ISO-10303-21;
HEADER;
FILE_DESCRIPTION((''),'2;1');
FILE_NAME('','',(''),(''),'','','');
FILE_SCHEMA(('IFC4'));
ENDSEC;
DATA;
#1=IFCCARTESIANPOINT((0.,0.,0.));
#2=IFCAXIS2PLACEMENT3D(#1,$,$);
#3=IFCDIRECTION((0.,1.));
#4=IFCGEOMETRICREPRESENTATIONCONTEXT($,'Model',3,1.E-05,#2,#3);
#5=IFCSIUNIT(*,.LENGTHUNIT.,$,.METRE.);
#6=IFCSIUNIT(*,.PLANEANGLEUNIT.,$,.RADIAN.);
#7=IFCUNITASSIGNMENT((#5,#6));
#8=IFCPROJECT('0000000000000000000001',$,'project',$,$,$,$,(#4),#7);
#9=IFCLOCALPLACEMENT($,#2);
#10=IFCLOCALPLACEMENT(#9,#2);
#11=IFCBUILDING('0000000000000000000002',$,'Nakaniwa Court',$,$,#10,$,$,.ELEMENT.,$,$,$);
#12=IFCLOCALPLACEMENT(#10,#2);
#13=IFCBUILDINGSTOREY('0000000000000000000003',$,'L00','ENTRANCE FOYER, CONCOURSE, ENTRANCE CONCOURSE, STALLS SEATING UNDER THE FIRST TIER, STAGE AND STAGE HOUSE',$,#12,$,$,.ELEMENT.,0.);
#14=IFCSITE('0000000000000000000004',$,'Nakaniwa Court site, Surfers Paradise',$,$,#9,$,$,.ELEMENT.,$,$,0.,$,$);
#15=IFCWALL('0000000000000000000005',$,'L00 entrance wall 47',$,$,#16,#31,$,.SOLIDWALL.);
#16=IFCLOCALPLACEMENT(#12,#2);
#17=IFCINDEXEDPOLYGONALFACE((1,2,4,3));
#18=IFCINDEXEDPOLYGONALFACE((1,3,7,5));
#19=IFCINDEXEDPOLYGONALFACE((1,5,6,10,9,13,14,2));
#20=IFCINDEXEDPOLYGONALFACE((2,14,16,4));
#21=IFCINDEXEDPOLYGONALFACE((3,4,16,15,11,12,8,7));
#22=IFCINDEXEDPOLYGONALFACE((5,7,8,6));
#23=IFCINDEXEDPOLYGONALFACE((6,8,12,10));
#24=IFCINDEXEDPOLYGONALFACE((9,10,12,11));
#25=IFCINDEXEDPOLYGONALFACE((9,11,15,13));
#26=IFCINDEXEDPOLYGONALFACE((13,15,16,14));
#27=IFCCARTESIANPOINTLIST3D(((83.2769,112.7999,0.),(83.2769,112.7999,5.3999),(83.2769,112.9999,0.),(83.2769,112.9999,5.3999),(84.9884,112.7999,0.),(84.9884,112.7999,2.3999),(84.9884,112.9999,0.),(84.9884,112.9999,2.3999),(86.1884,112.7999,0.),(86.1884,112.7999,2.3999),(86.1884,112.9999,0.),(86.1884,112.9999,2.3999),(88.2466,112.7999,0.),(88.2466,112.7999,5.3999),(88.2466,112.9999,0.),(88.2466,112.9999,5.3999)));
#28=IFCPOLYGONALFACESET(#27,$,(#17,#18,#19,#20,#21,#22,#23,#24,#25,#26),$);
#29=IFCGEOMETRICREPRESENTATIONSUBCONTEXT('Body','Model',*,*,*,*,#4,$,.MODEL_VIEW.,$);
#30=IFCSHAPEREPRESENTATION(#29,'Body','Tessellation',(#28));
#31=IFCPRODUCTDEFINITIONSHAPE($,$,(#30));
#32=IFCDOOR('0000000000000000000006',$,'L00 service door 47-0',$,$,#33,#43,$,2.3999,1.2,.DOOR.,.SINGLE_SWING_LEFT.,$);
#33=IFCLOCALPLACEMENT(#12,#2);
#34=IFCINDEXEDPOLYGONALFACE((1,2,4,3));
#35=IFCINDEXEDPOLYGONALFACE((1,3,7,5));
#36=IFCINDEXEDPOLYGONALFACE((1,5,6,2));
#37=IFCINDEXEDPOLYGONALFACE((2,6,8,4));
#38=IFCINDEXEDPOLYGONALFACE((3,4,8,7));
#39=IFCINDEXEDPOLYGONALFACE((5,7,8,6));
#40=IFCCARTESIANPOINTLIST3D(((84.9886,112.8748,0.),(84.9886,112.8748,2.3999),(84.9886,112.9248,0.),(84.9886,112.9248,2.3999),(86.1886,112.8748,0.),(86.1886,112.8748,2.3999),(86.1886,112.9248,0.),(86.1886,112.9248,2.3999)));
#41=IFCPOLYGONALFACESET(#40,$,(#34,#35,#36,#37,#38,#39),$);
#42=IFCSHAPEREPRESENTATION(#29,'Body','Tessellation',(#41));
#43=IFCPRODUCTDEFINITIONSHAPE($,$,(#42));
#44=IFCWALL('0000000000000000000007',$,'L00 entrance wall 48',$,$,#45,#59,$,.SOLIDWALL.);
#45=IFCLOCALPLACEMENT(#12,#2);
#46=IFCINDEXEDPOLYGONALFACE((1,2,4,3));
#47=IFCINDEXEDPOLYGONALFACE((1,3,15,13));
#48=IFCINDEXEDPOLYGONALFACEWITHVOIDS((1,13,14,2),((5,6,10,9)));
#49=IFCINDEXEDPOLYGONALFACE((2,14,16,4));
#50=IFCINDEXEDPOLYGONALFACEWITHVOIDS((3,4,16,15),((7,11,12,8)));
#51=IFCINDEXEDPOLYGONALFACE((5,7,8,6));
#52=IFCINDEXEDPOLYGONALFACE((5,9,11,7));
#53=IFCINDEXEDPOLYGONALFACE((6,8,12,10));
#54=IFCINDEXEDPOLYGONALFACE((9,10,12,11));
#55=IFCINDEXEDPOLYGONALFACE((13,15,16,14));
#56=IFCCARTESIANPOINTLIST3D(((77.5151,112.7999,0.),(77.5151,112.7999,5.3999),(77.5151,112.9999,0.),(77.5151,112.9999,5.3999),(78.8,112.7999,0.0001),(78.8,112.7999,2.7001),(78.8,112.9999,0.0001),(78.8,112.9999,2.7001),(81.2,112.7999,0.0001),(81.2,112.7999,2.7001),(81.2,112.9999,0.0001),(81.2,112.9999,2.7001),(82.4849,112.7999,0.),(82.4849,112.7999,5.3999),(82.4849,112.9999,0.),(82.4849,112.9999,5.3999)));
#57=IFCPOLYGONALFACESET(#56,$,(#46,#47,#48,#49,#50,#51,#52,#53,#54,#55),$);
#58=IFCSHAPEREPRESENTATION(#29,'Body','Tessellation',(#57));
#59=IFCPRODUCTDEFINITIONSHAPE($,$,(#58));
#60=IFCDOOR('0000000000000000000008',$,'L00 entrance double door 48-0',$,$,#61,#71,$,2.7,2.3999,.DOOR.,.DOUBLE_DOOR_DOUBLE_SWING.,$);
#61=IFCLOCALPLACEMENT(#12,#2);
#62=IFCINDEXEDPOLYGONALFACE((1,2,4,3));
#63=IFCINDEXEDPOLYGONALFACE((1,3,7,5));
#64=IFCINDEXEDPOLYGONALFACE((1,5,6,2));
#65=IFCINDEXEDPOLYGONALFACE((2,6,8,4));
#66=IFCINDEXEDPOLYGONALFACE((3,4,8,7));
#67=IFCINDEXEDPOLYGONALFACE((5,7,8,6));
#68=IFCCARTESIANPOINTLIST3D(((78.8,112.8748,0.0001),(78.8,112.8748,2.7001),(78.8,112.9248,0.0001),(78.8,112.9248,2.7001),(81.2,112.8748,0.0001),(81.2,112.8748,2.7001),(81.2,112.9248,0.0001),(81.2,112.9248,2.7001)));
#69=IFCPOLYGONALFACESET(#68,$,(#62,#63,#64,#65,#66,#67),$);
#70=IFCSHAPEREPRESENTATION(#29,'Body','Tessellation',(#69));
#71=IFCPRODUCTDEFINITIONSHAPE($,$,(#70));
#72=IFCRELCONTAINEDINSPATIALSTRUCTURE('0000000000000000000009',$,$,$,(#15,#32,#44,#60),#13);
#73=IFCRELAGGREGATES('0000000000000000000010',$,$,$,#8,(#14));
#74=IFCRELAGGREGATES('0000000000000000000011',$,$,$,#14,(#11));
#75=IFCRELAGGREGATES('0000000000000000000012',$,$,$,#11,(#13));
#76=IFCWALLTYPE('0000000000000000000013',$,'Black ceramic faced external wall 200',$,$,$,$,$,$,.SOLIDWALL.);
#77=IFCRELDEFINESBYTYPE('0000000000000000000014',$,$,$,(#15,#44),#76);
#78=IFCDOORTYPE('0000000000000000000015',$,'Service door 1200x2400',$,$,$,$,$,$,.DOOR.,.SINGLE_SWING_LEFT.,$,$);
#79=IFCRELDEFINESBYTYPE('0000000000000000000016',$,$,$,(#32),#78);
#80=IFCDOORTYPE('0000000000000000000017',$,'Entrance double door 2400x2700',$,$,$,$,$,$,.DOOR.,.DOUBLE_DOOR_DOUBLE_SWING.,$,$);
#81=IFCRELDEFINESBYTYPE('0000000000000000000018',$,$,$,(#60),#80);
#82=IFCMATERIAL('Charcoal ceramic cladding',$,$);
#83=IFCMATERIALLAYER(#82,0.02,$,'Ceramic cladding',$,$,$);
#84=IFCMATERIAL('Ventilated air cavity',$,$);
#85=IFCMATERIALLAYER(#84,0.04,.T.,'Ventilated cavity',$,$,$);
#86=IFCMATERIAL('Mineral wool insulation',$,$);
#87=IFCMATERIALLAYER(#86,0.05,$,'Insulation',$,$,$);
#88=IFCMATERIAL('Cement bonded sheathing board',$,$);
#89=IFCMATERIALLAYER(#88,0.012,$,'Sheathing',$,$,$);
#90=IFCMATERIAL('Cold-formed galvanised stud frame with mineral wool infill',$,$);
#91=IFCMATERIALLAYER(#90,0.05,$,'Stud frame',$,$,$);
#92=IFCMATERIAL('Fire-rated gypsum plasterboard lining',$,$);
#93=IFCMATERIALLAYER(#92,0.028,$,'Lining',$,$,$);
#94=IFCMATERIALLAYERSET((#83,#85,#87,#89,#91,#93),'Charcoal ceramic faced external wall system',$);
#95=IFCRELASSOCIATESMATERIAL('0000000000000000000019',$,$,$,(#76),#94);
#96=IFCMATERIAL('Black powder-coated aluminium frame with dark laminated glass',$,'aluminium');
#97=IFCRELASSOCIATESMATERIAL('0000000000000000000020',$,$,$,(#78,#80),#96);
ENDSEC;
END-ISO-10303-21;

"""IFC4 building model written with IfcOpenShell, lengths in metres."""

from ifc_helpers import new_model, si_unit, direction, frame, frame_2d, origin, place, context, subcontext, project, spatial, rectangle, extrude, material, layer, layer_set, type_object, element, fill, save


model = new_model("IFC4")

# Units and contexts
model_context = context("Model", 3, precision=1e-05, world=origin(), true_north=direction((0.0, 1.0)))
body_context = subcontext(model_context, "Body", "Model", "MODEL_VIEW")
ifc_project = project(units=[si_unit("LENGTHUNIT", "METRE"), si_unit("PLANEANGLEUNIT", "RADIAN")], contexts=[model_context])

# Site, building, storey
site_placement = place(None, origin())
site = spatial("IfcSite", under=ifc_project, at=site_placement, Name="Nakaniwa Court site, Surfers Paradise", CompositionType="ELEMENT", RefElevation=0.0)
building_placement = place(site_placement, origin())
building = spatial("IfcBuilding", under=site, at=building_placement, Name="Nakaniwa Court", CompositionType="ELEMENT")
storey_placement = place(building_placement, origin())
storey = spatial("IfcBuildingStorey", under=building, at=storey_placement, Name="L00", Description="ENTRANCE FOYER, CONCOURSE, ENTRANCE CONCOURSE, STALLS SEATING UNDER THE FIRST TIER, STAGE AND STAGE HOUSE", CompositionType="ELEMENT", Elevation=0.0)

# Walls, openings, doors
ifc_material_1 = material(Name="Charcoal ceramic cladding")
ifc_layer_1 = layer(ifc_material_1, 0.02, Name="Ceramic cladding")
ifc_material_2 = material(Name="Ventilated air cavity")
ifc_layer_2 = layer(ifc_material_2, 0.04, ventilated=True, Name="Ventilated cavity")
ifc_material_3 = material(Name="Mineral wool insulation")
ifc_layer_3 = layer(ifc_material_3, 0.05, Name="Insulation")
ifc_material_4 = material(Name="Cement bonded sheathing board")
ifc_layer_4 = layer(ifc_material_4, 0.012, Name="Sheathing")
ifc_material_5 = material(Name="Cold-formed galvanised stud frame with mineral wool infill")
ifc_layer_5 = layer(ifc_material_5, 0.05, Name="Stud frame")
ifc_material_6 = material(Name="Fire-rated gypsum plasterboard lining")
ifc_layer_6 = layer(ifc_material_6, 0.028, Name="Lining")
ifc_layer_set_1 = layer_set([ifc_layer_1, ifc_layer_2, ifc_layer_3, ifc_layer_4, ifc_layer_5, ifc_layer_6], Name="Charcoal ceramic faced external wall system")
wall_type = type_object("IfcWallType", Name="Black ceramic faced external wall 200", PredefinedType="SOLIDWALL", material=ifc_layer_set_1)
wall_1_placement = place(storey_placement, frame((88.2466, 112.8999, 0.0), z_axis=(0.0, 0.0, 1.0), x_axis=(-1.0, 0.0, 0.0)))
wall_1 = element("IfcWall", 1, at=wall_1_placement, inside=storey, type_object=wall_type, Name="L00 entrance wall 47", PredefinedType="SOLIDWALL", context=body_context, shape_type="SweptSolid", body=[
    extrude(rectangle(XDim=4.9697, YDim=0.2, at=frame_2d((2.4849, 0.0))), origin(), (0.0, 0.0, 1.0), 5.3999),
])
opening_1_placement = place(wall_1_placement, frame((2.0581, 0.0, 0.0)))
opening_1 = element("IfcOpeningElement", 2, at=opening_1_placement, cuts=wall_1, PredefinedType="OPENING", context=body_context, shape_type="SweptSolid", body=[
    extrude(rectangle(XDim=1.2, YDim=2.3999, at=frame_2d((0.6001, 1.2))), frame((0.0, 0.1099, 0.0), z_axis=(0.0, -1.0, 0.0), x_axis=(1.0, 0.0, 0.0)), (0.0, 0.0, 1.0), 0.22),
])
ifc_material_7 = material(Name="Black powder-coated aluminium frame with dark laminated glass", Category="aluminium")
door_type_1 = type_object("IfcDoorType", Name="Service door 1200x2400", OperationType="SINGLE_SWING_LEFT", PredefinedType="DOOR", material=ifc_material_7)
door_1_placement = place(opening_1_placement, frame((1.2, 0.0, 0.0), z_axis=(0.0, 0.0, 1.0), x_axis=(-1.0, 0.0, 0.0)))
door_1 = element("IfcDoor", 3, at=door_1_placement, inside=storey, type_object=door_type_1, Name="L00 service door 47-0", OperationType="SINGLE_SWING_LEFT", OverallHeight=2.3999, OverallWidth=1.2, PredefinedType="DOOR", context=body_context, shape_type="SweptSolid", body=[
    extrude(rectangle(XDim=1.2, YDim=2.3999, at=frame_2d((0.6001, 1.2))), frame((0.0, 0.0249, 0.0), z_axis=(0.0, -1.0, 0.0), x_axis=(1.0, 0.0, 0.0)), (0.0, 0.0, 1.0), 0.05),
])
fill(opening_1, door_1)
wall_2_placement = place(storey_placement, frame((82.4849, 112.8999, 0.0), z_axis=(0.0, 0.0, 1.0), x_axis=(-1.0, 0.0, 0.0)))
wall_2 = element("IfcWall", 4, at=wall_2_placement, inside=storey, type_object=wall_type, Name="L00 entrance wall 48", PredefinedType="SOLIDWALL", context=body_context, shape_type="SweptSolid", body=[
    extrude(rectangle(XDim=4.9697, YDim=0.2, at=frame_2d((2.4849, 0.0))), origin(), (0.0, 0.0, 1.0), 5.3999),
])
opening_2_placement = place(wall_2_placement, frame((1.2849, 0.0, 0.0)))
opening_2 = element("IfcOpeningElement", 5, at=opening_2_placement, cuts=wall_2, PredefinedType="OPENING", context=body_context, shape_type="SweptSolid", body=[
    extrude(rectangle(XDim=2.3999, YDim=2.7, at=frame_2d((1.2, 1.3501))), frame((0.0, 0.1099, 0.0), z_axis=(0.0, -1.0, 0.0), x_axis=(1.0, 0.0, 0.0)), (0.0, 0.0, 1.0), 0.22),
])
door_type_2 = type_object("IfcDoorType", Name="Entrance double door 2400x2700", OperationType="DOUBLE_DOOR_DOUBLE_SWING", PredefinedType="DOOR", material=ifc_material_7)
door_2_placement = place(opening_2_placement, frame((2.3999, 0.0, 0.0), z_axis=(0.0, 0.0, 1.0), x_axis=(-1.0, 0.0, 0.0)))
door_2 = element("IfcDoor", 6, at=door_2_placement, inside=storey, type_object=door_type_2, Name="L00 entrance double door 48-0", OperationType="DOUBLE_DOOR_DOUBLE_SWING", OverallHeight=2.7, OverallWidth=2.3999, PredefinedType="DOOR", context=body_context, shape_type="SweptSolid", body=[
    extrude(rectangle(XDim=2.3999, YDim=2.7, at=frame_2d((1.2, 1.3501))), frame((0.0, 0.0249, 0.0), z_axis=(0.0, -1.0, 0.0), x_axis=(1.0, 0.0, 0.0)), (0.0, 0.0, 1.0), 0.05),
])
fill(opening_2, door_2)

save(model, "model.ifc")
